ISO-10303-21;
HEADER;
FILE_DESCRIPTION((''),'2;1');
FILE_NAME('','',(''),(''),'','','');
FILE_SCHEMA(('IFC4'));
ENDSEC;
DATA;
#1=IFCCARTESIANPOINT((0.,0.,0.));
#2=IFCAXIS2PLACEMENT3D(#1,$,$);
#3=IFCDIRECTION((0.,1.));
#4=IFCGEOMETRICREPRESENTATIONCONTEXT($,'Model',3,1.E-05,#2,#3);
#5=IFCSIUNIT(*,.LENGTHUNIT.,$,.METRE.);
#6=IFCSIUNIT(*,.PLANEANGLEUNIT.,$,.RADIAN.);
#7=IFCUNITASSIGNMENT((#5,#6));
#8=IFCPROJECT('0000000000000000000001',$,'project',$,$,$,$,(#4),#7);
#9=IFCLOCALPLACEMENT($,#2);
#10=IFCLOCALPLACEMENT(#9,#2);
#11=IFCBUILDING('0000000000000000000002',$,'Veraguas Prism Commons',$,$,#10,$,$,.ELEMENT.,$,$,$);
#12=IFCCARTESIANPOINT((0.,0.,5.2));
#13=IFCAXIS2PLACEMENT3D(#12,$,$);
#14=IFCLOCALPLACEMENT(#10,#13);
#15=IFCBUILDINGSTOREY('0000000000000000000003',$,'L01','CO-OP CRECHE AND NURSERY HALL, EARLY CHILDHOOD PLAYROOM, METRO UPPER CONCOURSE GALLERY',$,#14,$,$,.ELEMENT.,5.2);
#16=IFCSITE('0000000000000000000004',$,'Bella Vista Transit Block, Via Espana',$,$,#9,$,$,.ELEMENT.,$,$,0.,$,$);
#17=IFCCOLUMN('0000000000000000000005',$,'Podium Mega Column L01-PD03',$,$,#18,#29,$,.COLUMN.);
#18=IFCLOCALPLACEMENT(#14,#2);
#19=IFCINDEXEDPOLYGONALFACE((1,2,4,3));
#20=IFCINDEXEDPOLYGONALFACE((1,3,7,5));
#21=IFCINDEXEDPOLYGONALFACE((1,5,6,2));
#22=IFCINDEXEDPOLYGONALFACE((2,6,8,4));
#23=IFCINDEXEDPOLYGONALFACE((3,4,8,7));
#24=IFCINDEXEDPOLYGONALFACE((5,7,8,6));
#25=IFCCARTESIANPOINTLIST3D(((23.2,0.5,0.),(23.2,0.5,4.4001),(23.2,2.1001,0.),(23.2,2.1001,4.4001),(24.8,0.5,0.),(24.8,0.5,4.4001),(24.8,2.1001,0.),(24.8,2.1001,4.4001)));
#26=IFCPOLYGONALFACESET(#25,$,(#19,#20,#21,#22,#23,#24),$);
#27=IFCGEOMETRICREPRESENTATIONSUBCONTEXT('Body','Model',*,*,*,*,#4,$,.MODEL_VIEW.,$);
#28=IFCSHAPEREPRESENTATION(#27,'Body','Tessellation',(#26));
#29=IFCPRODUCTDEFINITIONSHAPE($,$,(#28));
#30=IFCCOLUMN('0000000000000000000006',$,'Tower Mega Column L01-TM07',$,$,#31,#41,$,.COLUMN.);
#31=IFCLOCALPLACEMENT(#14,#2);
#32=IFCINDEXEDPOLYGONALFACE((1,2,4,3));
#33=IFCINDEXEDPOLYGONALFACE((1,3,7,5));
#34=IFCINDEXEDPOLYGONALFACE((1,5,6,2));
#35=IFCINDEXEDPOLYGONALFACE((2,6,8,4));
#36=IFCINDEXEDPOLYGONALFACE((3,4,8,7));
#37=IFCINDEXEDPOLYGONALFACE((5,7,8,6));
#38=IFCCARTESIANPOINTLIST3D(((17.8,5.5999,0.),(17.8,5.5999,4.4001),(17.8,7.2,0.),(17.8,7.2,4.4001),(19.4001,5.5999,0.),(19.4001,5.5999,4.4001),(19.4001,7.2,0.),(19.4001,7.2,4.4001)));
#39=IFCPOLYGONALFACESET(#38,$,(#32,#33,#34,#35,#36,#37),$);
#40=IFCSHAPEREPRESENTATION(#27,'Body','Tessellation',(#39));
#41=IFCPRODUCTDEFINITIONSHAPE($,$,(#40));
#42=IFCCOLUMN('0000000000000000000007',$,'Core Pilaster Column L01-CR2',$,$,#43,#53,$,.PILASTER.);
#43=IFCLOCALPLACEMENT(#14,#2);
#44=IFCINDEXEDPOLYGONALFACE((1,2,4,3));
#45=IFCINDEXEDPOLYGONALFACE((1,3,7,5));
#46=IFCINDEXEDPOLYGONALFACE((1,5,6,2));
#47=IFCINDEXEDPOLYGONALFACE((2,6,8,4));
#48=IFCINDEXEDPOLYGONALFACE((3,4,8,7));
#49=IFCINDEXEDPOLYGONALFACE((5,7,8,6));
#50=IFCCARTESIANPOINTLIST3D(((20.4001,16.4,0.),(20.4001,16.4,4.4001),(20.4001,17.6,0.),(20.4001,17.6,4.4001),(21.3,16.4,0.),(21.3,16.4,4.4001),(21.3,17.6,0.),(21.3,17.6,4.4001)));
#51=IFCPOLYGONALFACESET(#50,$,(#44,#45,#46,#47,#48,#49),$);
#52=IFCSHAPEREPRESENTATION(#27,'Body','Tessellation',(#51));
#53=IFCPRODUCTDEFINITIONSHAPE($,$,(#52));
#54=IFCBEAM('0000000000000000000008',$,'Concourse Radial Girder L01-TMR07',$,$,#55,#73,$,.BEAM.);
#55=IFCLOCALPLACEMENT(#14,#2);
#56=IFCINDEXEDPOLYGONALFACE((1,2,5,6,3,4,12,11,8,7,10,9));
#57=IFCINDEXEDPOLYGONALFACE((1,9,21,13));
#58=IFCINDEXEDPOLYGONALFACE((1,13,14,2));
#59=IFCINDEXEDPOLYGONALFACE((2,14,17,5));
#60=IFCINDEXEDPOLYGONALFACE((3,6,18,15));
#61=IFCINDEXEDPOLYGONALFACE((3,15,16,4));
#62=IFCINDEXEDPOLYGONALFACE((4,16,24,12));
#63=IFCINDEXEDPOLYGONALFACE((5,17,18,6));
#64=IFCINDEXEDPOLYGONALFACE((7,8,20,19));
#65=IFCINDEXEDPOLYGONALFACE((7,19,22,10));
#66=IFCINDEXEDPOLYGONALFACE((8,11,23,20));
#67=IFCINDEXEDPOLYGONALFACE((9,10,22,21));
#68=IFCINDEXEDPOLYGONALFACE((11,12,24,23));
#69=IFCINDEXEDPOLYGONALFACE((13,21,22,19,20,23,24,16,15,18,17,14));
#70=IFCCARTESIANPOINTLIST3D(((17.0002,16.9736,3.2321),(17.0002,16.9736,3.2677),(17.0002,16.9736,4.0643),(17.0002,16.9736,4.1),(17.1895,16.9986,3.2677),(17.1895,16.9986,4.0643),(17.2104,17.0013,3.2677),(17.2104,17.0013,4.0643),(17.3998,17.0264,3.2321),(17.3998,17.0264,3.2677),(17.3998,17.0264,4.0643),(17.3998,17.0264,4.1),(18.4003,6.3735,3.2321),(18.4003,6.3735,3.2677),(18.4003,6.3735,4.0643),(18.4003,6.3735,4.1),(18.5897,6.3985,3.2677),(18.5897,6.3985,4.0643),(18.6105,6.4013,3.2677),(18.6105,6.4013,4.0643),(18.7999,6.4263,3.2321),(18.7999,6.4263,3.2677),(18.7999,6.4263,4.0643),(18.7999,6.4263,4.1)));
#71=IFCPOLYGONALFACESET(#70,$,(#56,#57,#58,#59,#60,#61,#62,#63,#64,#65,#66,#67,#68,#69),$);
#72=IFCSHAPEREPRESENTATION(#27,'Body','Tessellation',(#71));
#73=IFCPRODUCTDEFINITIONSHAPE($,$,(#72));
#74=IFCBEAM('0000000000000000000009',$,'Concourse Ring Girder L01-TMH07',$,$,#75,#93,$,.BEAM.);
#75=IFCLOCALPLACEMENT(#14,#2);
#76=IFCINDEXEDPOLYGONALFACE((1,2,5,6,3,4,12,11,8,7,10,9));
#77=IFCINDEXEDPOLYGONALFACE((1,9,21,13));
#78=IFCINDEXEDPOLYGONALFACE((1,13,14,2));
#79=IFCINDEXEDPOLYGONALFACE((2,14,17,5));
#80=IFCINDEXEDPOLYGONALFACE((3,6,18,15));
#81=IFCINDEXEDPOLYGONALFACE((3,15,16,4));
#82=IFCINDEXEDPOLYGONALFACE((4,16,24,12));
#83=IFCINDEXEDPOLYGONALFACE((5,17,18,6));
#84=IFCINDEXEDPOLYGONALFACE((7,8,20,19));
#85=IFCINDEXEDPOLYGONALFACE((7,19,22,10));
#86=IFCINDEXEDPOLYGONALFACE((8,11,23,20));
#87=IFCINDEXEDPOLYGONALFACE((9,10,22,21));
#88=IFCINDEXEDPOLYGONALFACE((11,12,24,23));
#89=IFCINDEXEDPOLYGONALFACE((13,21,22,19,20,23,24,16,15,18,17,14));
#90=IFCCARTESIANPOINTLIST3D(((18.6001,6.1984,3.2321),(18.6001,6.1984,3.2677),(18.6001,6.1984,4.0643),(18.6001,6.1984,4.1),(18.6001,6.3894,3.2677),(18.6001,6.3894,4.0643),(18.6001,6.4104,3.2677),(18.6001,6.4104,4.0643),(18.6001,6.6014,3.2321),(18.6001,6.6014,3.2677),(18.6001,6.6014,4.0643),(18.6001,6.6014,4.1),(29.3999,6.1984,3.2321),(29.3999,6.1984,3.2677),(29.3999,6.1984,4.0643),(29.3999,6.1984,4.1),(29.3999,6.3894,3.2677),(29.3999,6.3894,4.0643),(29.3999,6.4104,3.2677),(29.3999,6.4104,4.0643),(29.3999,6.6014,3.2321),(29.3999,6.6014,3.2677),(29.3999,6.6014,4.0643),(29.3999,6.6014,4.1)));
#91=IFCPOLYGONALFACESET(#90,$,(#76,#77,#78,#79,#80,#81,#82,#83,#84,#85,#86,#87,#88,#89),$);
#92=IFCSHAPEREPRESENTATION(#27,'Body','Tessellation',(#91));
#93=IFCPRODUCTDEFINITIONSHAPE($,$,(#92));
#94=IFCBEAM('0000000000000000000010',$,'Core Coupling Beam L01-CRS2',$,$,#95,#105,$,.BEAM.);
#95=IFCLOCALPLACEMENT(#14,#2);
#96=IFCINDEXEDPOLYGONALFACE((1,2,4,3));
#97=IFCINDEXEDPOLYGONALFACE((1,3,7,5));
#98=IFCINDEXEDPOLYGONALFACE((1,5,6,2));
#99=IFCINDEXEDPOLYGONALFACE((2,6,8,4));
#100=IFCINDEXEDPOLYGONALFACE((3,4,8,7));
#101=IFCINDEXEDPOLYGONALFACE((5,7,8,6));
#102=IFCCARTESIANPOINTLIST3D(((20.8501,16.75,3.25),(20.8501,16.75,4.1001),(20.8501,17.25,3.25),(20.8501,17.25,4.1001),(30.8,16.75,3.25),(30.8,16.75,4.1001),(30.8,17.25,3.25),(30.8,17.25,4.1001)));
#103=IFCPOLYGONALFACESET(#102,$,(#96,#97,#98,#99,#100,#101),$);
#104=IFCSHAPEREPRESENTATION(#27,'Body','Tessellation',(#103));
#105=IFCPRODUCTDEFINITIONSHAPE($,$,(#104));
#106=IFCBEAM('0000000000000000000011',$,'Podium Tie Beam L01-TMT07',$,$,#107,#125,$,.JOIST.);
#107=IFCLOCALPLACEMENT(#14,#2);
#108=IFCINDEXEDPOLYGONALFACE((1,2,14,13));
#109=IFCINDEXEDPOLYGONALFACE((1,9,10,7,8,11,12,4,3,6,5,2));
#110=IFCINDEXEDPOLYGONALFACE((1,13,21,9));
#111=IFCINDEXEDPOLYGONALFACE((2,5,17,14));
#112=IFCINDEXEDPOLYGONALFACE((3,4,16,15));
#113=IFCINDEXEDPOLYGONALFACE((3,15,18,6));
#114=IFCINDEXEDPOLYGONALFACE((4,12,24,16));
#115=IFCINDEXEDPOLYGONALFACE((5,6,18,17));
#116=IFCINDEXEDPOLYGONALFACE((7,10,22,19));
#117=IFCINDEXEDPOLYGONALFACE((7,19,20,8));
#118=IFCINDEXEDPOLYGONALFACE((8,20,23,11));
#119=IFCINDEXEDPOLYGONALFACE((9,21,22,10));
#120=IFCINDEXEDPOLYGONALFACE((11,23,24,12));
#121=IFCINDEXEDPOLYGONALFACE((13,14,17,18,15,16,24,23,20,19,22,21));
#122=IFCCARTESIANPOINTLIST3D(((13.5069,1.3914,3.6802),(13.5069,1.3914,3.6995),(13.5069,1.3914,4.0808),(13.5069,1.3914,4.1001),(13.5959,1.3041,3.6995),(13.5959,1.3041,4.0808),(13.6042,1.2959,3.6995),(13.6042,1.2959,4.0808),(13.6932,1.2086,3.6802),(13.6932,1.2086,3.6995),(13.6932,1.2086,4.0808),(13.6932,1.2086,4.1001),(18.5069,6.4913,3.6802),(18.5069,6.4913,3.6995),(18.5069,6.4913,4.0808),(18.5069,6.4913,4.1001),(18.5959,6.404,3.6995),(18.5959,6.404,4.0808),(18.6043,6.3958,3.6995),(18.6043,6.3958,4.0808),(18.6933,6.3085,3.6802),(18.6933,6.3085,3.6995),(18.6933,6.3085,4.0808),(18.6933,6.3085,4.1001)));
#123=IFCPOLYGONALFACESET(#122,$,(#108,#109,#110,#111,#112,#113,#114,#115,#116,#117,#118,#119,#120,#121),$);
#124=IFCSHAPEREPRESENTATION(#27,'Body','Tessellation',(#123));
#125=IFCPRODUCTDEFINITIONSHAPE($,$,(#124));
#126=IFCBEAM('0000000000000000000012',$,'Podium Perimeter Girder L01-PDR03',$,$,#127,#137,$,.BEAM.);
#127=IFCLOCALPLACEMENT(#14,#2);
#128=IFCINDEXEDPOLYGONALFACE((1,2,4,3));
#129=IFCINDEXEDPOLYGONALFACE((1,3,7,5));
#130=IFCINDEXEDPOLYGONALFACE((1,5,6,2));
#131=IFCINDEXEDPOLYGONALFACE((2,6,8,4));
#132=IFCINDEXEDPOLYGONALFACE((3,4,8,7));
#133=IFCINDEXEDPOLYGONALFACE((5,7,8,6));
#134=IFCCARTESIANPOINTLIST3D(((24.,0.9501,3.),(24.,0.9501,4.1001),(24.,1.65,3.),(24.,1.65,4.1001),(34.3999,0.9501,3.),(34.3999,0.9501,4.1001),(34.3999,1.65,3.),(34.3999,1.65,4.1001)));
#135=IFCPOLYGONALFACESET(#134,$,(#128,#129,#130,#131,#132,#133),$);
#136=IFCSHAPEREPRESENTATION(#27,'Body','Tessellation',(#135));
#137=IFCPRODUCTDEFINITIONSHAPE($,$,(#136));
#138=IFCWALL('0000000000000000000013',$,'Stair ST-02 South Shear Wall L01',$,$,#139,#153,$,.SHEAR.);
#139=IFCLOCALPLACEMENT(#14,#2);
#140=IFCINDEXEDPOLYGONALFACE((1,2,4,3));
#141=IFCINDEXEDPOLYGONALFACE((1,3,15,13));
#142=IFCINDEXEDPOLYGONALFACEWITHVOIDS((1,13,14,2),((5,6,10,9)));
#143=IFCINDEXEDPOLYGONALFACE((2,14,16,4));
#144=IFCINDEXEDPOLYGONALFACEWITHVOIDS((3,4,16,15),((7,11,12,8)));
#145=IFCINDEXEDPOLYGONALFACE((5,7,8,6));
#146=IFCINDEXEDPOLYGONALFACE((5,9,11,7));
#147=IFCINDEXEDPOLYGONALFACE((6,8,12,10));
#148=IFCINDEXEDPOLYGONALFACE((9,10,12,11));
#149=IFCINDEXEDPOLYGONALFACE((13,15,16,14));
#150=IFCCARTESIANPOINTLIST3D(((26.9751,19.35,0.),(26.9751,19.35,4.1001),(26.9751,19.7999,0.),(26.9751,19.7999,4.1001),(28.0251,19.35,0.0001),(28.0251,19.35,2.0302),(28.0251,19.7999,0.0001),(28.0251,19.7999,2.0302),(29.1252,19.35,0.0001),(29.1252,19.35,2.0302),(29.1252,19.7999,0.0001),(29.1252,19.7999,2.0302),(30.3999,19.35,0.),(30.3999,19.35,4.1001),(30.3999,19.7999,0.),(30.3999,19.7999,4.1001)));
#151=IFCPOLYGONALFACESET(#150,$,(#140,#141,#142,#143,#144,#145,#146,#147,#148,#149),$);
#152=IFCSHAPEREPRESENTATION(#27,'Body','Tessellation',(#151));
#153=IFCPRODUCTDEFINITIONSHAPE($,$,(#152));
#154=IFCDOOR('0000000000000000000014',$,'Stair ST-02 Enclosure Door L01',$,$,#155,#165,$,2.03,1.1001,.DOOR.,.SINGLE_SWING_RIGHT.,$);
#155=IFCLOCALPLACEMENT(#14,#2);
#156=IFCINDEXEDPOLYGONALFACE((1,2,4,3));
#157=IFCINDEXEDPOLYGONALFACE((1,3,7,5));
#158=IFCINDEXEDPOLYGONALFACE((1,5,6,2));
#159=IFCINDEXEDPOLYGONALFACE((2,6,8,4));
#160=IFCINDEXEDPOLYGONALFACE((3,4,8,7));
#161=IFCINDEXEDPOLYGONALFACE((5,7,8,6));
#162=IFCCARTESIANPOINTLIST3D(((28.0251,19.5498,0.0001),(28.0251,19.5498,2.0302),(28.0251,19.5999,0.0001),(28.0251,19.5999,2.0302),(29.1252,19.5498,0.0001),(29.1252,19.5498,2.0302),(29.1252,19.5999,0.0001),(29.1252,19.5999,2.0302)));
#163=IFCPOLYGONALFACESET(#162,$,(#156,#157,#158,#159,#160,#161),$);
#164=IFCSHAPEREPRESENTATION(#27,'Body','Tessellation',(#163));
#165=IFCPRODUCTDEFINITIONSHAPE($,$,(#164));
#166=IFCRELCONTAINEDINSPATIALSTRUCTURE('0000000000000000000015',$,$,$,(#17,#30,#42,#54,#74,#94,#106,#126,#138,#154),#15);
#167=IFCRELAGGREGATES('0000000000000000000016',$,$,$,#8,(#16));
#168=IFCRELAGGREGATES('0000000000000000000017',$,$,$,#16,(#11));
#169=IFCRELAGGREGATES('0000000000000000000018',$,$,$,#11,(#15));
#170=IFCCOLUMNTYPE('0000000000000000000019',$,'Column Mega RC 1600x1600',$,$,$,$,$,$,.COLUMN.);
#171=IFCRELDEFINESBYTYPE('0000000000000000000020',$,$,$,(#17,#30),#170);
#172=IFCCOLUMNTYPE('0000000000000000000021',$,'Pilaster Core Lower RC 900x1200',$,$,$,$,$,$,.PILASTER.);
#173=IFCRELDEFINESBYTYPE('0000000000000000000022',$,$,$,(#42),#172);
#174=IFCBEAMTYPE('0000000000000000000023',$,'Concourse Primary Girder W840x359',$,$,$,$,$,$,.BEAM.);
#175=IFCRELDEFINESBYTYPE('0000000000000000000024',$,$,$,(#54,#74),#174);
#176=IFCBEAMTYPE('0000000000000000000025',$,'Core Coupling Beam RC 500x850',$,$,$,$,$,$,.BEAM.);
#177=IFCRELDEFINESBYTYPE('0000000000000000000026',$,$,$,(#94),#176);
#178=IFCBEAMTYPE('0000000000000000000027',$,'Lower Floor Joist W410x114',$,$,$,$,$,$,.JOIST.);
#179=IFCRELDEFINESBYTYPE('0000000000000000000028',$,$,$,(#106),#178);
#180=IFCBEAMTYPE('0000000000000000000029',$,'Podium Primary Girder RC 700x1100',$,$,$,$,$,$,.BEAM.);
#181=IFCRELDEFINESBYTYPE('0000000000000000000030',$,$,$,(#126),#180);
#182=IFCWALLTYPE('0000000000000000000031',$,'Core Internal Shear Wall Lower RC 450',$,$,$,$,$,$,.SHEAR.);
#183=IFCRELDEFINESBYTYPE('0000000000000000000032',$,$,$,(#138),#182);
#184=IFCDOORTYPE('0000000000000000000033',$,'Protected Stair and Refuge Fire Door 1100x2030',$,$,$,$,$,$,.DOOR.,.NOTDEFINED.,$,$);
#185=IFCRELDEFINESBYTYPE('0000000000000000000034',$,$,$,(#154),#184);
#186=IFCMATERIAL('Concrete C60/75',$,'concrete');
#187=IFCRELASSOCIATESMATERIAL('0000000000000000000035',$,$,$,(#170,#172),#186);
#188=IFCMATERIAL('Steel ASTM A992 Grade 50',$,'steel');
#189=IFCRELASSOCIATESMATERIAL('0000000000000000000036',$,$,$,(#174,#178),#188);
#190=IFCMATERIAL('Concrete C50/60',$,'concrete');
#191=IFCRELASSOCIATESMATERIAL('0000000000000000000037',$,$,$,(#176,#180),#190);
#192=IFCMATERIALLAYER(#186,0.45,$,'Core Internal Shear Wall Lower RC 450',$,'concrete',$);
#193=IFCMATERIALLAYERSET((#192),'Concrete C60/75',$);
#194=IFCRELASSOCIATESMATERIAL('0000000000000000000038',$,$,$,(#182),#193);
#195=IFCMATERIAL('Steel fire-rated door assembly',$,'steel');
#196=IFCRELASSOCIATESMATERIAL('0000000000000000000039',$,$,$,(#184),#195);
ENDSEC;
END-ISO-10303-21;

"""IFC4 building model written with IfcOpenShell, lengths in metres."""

from ifc_helpers import new_model, si_unit, direction, frame, frame_2d, origin, origin_2d, place, context, subcontext, project, spatial, rectangle, i_section, extrude, source, transform, mapped, material, layer, layer_set, material_profile, profile_set, type_object, element, fill, save


model = new_model("IFC4")

# Units and contexts
model_context = context("Model", 3, precision=1e-05, world=origin(), true_north=direction((0.0, 1.0)))
body_context = subcontext(model_context, "Body", "Model", "MODEL_VIEW")
ifc_project = project(units=[si_unit("LENGTHUNIT", "METRE"), si_unit("PLANEANGLEUNIT", "RADIAN")], contexts=[model_context])

# Site, building, storey
site_placement = place(None, origin())
site = spatial("IfcSite", under=ifc_project, at=site_placement, Name="Bella Vista Transit Block, Via Espana", CompositionType="ELEMENT", RefElevation=0.0)
building_placement = place(site_placement, origin())
building = spatial("IfcBuilding", under=site, at=building_placement, Name="Veraguas Prism Commons", CompositionType="ELEMENT")
storey_placement = place(building_placement, frame((0.0, 0.0, 5.2)))
storey = spatial("IfcBuildingStorey", under=building, at=storey_placement, Name="L01", Description="CO-OP CRECHE AND NURSERY HALL, EARLY CHILDHOOD PLAYROOM, METRO UPPER CONCOURSE GALLERY", CompositionType="ELEMENT", Elevation=5.2)

# Columns
ifc_material_1 = material(Name="Concrete C60/75", Category="concrete")
ifc_material_profile_1 = material_profile(ifc_material_1, rectangle(XDim=1.6001, YDim=1.6001, at=origin_2d()), Name="RC1600X1600")
ifc_profile_set_1 = profile_set([ifc_material_profile_1], Name="Concrete C60/75")
column_type_1 = type_object("IfcColumnType", Name="Column Mega RC 1600x1600", PredefinedType="COLUMN", material=ifc_profile_set_1)
for number, where, z_axis, x_axis, name in (
    (1, (24.0, 1.3, 0.0), (0.0, 0.0, 1.0), (1.0, 0.0, 0.0), "Podium Mega Column L01-PD03"),
    (2, (18.6001, 6.3999, 0.0), (0.0, 0.0, 1.0), (1.0, 0.0, 0.0), "Tower Mega Column L01-TM07"),
):
    element("IfcColumn", number, at=place(storey_placement, frame(where, z_axis=z_axis, x_axis=x_axis)), inside=storey, type_object=column_type_1, Name=name, PredefinedType="COLUMN", context=body_context, shape_type="SweptSolid", body=[
        extrude(rectangle(XDim=1.6001, YDim=1.6001, at=origin_2d()), origin(), (0.0, 0.0, 1.0), 4.4001),
    ])
ifc_material_profile_2 = material_profile(ifc_material_1, rectangle(XDim=0.8999, YDim=1.2, at=origin_2d()), Name="RC900X1200")
ifc_profile_set_2 = profile_set([ifc_material_profile_2], Name="Concrete C60/75")
column_type_2 = type_object("IfcColumnType", Name="Pilaster Core Lower RC 900x1200", PredefinedType="PILASTER", material=ifc_profile_set_2)
column_placement = place(storey_placement, frame((20.8501, 17.0, 0.0), z_axis=(0.0, 0.0, 1.0), x_axis=(1.0, 0.0, 0.0)))
element("IfcColumn", 3, at=column_placement, inside=storey, type_object=column_type_2, Name="Core Pilaster Column L01-CR2", PredefinedType="PILASTER", context=body_context, shape_type="SweptSolid", body=[
    extrude(rectangle(XDim=0.8999, YDim=1.2, at=origin_2d()), origin(), (0.0, 0.0, 1.0), 4.4001),
])

# Beams
ifc_material_2 = material(Name="Steel ASTM A992 Grade 50", Category="steel")
ifc_material_profile_3 = material_profile(ifc_material_2, i_section(OverallWidth=0.4031, OverallDepth=0.8679, WebThickness=0.021, FlangeThickness=0.0356, at=origin_2d()), Name="W840X359")
ifc_profile_set_3 = profile_set([ifc_material_profile_3], Name="Steel ASTM A992 Grade 50")
beam_type_1 = type_object("IfcBeamType", Name="Concourse Primary Girder W840x359", PredefinedType="BEAM", material=ifc_profile_set_3)
beam_1_placement = place(storey_placement, frame((18.6001, 6.3999, 3.666), z_axis=(-0.130951, 0.991389, 0.0), x_axis=(-0.991389, -0.130951, 0.0)))
element("IfcBeam", 4, at=beam_1_placement, inside=storey, type_object=beam_type_1, Name="Concourse Radial Girder L01-TMR07", PredefinedType="BEAM", context=body_context, shape_type="SweptSolid", body=[
    extrude(i_section(OverallWidth=0.4031, OverallDepth=0.8679, WebThickness=0.021, FlangeThickness=0.0356, at=origin_2d()), origin(), (0.0, 0.0, 1.0), 10.6921),
])
beam_2_placement = place(storey_placement, frame((18.6001, 6.3999, 3.666), z_axis=(1.0, 0.0, 0.0), x_axis=(0.0, 1.0, 0.0)))
element("IfcBeam", 5, at=beam_2_placement, inside=storey, type_object=beam_type_1, Name="Concourse Ring Girder L01-TMH07", PredefinedType="BEAM", context=body_context, shape_type="SweptSolid", body=[
    extrude(i_section(OverallWidth=0.4031, OverallDepth=0.8679, WebThickness=0.021, FlangeThickness=0.0356, at=origin_2d()), origin(), (0.0, 0.0, 1.0), 10.7998),
])
ifc_material_3 = material(Name="Concrete C50/60", Category="concrete")
ifc_material_profile_4 = material_profile(ifc_material_3, rectangle(XDim=0.5, YDim=0.8501, at=origin_2d()), Name="RC500X850")
ifc_profile_set_4 = profile_set([ifc_material_profile_4], Name="Concrete C50/60")
beam_type_2 = type_object("IfcBeamType", Name="Core Coupling Beam RC 500x850", PredefinedType="BEAM", material=ifc_profile_set_4)
beam_3_placement = place(storey_placement, frame((20.8501, 17.0, 3.675), z_axis=(1.0, 0.0, 0.0), x_axis=(0.0, 1.0, 0.0)))
element("IfcBeam", 6, at=beam_3_placement, inside=storey, type_object=beam_type_2, Name="Core Coupling Beam L01-CRS2", PredefinedType="BEAM", context=body_context, shape_type="SweptSolid", body=[
    extrude(rectangle(XDim=0.5, YDim=0.8501, at=origin_2d()), origin(), (0.0, 0.0, 1.0), 9.95),
])
ifc_material_profile_5 = material_profile(ifc_material_2, i_section(OverallWidth=0.261, OverallDepth=0.4199, WebThickness=0.0117, FlangeThickness=0.0193, at=origin_2d()), Name="W410X114")
ifc_profile_set_5 = profile_set([ifc_material_profile_5], Name="Steel ASTM A992 Grade 50")
beam_type_3 = type_object("IfcBeamType", Name="Lower Floor Joist W410x114", PredefinedType="JOIST", material=ifc_profile_set_5)
beam_4_placement = place(storey_placement, frame((18.6001, 6.3999, 3.8901), z_axis=(-0.700082, -0.714063, 0.0), x_axis=(0.714063, -0.700082, 0.0)))
element("IfcBeam", 7, at=beam_4_placement, inside=storey, type_object=beam_type_3, Name="Podium Tie Beam L01-TMT07", PredefinedType="JOIST", context=body_context, shape_type="SweptSolid", body=[
    extrude(i_section(OverallWidth=0.261, OverallDepth=0.4199, WebThickness=0.0117, FlangeThickness=0.0193, at=origin_2d()), origin(), (0.0, 0.0, 1.0), 7.1421),
])
ifc_material_profile_6 = material_profile(ifc_material_3, rectangle(XDim=0.7, YDim=1.1001, at=origin_2d()), Name="RC700X1100")
ifc_profile_set_6 = profile_set([ifc_material_profile_6], Name="Concrete C50/60")
beam_type_4 = type_object("IfcBeamType", Name="Podium Primary Girder RC 700x1100", PredefinedType="BEAM", material=ifc_profile_set_6)
beam_5_placement = place(storey_placement, frame((24.0, 1.3, 3.55), z_axis=(1.0, 0.0, 0.0), x_axis=(0.0, 1.0, 0.0)))
element("IfcBeam", 8, at=beam_5_placement, inside=storey, type_object=beam_type_4, Name="Podium Perimeter Girder L01-PDR03", PredefinedType="BEAM", context=body_context, shape_type="SweptSolid", body=[
    extrude(rectangle(XDim=0.7, YDim=1.1001, at=origin_2d()), origin(), (0.0, 0.0, 1.0), 10.3999),
])

# Wall, opening, door
ifc_layer_1 = layer(ifc_material_1, 0.45, Name="Core Internal Shear Wall Lower RC 450", Category="concrete")
ifc_layer_set_1 = layer_set([ifc_layer_1], Name="Concrete C60/75")
wall_type_1 = type_object("IfcWallType", Name="Core Internal Shear Wall Lower RC 450", PredefinedType="SHEAR", material=ifc_layer_set_1)
wall_1_placement = place(storey_placement, frame((26.9751, 19.575, 0.0), z_axis=(0.0, 0.0, 1.0), x_axis=(1.0, 0.0, 0.0)))
wall_1 = element("IfcWall", 9, at=wall_1_placement, inside=storey, type_object=wall_type_1, Name="Stair ST-02 South Shear Wall L01", PredefinedType="SHEAR", context=body_context, shape_type="SweptSolid", body=[
    extrude(rectangle(XDim=3.4248, YDim=0.45, at=frame_2d((1.7124, 0.0))), origin(), (0.0, 0.0, 1.0), 4.1001),
])
opening_1_placement = place(wall_1_placement, frame((1.05, 0.0, 0.0)))
opening_1 = element("IfcOpeningElement", 10, at=opening_1_placement, cuts=wall_1, PredefinedType="OPENING", context=body_context, shape_type="SweptSolid", body=[
    extrude(rectangle(XDim=1.1001, YDim=2.03, at=frame_2d((0.55, 1.0151))), frame((0.0, 0.2349, 0.0), z_axis=(0.0, -1.0, 0.0), x_axis=(1.0, 0.0, 0.0)), (0.0, 0.0, 1.0), 0.47),
])
ifc_material_4 = material(Name="Steel fire-rated door assembly", Category="steel")
door_type_1 = type_object("IfcDoorType", Name="Protected Stair and Refuge Fire Door 1100x2030", OperationType="NOTDEFINED", PredefinedType="DOOR", material=ifc_material_4)
shared_shape_1 = source(origin(), body_context, "Body", "SweptSolid", [
    extrude(rectangle(XDim=1.1001, YDim=2.03, at=frame_2d((0.55, 1.0151))), frame((0.0, 0.0249, 0.0), z_axis=(0.0, -1.0, 0.0), x_axis=(1.0, 0.0, 0.0)), (0.0, 0.0, 1.0), 0.05),
])
door_1_placement = place(opening_1_placement, origin())
door_1 = element("IfcDoor", 11, at=door_1_placement, inside=storey, type_object=door_type_1, Name="Stair ST-02 Enclosure Door L01", OperationType="SINGLE_SWING_RIGHT", OverallHeight=2.03, OverallWidth=1.1001, PredefinedType="DOOR", context=body_context, shape_type="MappedRepresentation", body=[
    mapped(shared_shape_1, transform((0.0, 0.0, 0.0), scale=1.0)),
])
fill(opening_1, door_1)

save(model, "model.ifc")
